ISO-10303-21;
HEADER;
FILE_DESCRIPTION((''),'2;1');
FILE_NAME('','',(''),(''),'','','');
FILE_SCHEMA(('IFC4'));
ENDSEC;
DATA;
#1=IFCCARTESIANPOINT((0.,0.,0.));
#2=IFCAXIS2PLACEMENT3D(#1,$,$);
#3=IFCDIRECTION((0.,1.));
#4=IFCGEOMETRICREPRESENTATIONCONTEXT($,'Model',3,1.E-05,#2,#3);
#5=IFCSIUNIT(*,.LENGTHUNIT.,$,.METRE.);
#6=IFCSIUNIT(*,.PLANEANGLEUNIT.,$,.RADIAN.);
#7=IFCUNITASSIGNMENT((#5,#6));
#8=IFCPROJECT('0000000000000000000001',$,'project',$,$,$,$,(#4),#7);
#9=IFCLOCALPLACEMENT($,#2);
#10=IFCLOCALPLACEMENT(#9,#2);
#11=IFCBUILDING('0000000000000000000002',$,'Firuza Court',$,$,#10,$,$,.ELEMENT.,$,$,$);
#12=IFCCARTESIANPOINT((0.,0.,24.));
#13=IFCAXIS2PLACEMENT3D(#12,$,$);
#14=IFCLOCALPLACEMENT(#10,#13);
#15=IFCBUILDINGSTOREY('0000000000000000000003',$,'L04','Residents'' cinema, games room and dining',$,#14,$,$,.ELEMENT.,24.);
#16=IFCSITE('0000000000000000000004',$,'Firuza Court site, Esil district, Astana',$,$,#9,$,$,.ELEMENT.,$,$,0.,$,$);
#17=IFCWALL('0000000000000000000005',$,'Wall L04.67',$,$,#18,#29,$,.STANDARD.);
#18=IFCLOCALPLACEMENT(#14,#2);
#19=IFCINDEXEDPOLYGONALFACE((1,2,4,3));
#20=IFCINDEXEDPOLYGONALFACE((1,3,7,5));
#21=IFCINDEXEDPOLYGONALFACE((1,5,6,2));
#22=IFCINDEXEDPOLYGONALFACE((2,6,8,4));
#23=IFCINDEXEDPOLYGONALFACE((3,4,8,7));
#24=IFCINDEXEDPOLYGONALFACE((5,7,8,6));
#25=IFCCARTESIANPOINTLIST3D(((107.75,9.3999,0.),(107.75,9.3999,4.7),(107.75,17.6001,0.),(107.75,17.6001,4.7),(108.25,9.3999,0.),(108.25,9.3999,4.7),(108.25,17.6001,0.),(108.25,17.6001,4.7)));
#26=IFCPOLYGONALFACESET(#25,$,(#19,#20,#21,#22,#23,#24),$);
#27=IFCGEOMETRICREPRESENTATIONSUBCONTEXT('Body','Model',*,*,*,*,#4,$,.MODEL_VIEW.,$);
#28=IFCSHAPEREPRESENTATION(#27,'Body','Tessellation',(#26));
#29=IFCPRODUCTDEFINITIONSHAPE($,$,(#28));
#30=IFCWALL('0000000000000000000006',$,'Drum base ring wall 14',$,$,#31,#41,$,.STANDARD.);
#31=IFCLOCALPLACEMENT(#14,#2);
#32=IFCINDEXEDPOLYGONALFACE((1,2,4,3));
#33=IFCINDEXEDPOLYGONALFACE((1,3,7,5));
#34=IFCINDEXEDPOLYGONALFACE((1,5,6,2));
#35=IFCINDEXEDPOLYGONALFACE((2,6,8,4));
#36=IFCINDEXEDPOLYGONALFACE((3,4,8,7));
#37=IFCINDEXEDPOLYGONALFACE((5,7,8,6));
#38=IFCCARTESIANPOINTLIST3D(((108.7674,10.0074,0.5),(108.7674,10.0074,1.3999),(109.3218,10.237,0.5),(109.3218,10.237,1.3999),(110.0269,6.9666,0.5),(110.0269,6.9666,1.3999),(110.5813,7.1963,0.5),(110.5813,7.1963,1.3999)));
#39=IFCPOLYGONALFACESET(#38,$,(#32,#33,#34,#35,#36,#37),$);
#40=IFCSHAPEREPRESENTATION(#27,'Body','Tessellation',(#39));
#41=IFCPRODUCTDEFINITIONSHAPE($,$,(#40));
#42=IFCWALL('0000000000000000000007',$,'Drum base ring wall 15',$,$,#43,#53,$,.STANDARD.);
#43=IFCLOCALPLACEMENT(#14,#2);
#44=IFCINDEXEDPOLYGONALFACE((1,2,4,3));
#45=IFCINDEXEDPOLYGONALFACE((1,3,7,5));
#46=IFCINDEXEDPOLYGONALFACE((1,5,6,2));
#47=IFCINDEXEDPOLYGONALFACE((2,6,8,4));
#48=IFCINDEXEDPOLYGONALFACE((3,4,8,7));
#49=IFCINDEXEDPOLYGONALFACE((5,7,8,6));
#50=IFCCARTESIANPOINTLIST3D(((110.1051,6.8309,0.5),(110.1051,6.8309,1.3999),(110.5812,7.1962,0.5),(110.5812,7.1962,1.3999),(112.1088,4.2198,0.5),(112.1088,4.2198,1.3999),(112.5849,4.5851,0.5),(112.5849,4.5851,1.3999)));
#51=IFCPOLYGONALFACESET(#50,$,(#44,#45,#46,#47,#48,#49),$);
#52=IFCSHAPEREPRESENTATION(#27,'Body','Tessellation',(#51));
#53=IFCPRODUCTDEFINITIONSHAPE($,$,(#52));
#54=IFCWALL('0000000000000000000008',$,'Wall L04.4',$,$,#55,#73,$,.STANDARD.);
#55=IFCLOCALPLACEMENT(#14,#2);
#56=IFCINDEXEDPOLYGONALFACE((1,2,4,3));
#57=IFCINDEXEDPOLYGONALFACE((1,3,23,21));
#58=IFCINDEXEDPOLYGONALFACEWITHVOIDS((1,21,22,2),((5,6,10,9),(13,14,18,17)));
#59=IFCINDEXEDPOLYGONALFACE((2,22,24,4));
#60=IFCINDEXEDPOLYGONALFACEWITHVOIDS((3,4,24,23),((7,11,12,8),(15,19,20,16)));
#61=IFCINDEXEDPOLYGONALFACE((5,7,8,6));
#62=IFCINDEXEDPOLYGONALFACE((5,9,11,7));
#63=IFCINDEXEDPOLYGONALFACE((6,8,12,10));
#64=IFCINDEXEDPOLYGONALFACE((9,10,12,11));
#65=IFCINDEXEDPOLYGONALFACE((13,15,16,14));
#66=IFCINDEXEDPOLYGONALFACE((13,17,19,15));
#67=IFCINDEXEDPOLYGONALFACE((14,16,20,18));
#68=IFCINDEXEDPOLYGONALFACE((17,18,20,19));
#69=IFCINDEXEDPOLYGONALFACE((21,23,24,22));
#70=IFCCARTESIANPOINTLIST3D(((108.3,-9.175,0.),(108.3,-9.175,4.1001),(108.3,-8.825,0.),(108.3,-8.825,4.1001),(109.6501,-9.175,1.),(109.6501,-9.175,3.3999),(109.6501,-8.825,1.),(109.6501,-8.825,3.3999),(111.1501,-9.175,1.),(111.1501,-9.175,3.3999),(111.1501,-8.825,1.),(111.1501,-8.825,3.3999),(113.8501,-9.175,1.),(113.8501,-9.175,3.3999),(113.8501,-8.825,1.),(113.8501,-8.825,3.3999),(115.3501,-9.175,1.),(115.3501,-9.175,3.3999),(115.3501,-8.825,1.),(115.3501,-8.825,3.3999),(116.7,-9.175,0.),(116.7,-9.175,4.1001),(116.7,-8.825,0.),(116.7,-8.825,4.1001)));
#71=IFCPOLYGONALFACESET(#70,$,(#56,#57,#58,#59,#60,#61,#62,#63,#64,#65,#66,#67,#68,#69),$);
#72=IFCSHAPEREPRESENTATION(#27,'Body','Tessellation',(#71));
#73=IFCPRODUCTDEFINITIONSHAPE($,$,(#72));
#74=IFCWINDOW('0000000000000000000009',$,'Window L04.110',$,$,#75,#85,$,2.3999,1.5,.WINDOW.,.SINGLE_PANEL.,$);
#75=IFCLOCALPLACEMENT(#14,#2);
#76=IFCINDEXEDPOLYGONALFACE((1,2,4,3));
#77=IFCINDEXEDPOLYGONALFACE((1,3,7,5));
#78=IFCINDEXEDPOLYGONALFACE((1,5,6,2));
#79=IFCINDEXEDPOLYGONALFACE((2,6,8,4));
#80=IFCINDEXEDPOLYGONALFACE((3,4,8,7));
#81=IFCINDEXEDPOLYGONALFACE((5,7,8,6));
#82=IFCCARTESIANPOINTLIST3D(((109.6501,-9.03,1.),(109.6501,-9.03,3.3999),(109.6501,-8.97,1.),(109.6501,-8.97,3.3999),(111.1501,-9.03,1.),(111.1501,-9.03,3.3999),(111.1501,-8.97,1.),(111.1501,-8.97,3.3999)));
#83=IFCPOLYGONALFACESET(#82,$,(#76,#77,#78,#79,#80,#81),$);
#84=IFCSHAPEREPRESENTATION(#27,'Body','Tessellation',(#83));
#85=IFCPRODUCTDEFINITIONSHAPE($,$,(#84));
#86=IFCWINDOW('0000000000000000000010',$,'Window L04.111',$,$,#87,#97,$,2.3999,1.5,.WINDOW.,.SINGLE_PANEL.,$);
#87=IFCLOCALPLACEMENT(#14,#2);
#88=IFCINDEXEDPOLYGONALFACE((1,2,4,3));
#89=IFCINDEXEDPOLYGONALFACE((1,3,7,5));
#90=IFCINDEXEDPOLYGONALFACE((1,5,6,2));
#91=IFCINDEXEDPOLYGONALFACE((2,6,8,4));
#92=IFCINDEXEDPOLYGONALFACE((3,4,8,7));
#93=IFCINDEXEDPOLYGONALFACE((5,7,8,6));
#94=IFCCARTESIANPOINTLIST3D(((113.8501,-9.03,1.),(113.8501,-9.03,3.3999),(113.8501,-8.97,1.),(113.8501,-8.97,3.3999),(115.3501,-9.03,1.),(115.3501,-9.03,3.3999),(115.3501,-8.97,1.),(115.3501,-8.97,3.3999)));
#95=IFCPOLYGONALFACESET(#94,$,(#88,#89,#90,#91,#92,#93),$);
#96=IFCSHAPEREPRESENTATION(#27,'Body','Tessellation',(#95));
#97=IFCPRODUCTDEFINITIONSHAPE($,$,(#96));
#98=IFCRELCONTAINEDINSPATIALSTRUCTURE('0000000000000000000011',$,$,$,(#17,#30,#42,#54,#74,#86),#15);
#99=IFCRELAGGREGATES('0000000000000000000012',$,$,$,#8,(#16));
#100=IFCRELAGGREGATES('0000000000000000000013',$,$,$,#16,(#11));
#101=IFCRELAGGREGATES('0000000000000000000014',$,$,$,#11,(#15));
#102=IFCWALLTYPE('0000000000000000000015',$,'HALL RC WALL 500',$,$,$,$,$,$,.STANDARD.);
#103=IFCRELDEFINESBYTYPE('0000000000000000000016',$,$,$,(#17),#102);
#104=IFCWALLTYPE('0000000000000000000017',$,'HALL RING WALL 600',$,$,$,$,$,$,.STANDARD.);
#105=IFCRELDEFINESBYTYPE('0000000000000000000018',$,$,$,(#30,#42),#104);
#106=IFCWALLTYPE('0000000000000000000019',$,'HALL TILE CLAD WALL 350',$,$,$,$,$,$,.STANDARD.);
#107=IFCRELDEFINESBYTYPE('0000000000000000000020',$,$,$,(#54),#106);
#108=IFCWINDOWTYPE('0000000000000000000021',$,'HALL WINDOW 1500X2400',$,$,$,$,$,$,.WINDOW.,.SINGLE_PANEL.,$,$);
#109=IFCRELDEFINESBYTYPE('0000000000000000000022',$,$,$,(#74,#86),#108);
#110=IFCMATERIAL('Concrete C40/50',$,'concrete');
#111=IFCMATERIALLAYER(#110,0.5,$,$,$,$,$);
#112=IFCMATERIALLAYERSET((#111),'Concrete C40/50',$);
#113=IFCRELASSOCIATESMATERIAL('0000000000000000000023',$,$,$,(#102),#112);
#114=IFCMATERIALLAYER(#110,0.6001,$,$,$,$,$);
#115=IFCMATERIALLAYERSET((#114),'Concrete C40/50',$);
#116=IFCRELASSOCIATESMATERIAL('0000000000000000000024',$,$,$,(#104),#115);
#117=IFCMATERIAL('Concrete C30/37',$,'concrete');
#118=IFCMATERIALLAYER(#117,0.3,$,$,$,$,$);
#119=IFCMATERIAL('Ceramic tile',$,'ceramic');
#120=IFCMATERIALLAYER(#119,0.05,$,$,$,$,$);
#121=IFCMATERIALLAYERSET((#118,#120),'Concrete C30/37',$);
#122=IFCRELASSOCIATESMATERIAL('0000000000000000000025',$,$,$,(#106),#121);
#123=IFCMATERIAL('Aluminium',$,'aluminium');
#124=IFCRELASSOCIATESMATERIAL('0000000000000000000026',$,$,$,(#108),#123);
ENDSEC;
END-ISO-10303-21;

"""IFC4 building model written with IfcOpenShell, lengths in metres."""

from ifc_helpers import new_model, si_unit, direction, frame, frame_2d, origin, place, context, subcontext, project, spatial, rectangle, extrude, material, layer, layer_set, type_object, element, fill, save


model = new_model("IFC4")

# Units and contexts
model_context = context("Model", 3, precision=1e-05, world=origin(), true_north=direction((0.0, 1.0)))
body_context = subcontext(model_context, "Body", "Model", "MODEL_VIEW")
ifc_project = project(units=[si_unit("LENGTHUNIT", "METRE"), si_unit("PLANEANGLEUNIT", "RADIAN")], contexts=[model_context])

# Site, building, storey
site_placement = place(None, origin())
site = spatial("IfcSite", under=ifc_project, at=site_placement, Name="Firuza Court site, Esil district, Astana", CompositionType="ELEMENT", RefElevation=0.0)
building_placement = place(site_placement, origin())
building = spatial("IfcBuilding", under=site, at=building_placement, Name="Firuza Court", CompositionType="ELEMENT")
storey_placement = place(building_placement, frame((0.0, 0.0, 24.0)))
storey = spatial("IfcBuildingStorey", under=building, at=storey_placement, Name="L04", Description="Residents' cinema, games room and dining", CompositionType="ELEMENT", Elevation=24.0)

# Shared definitions
ifc_material_1 = material(Name="Concrete C40/50", Category="concrete")

# Walls
ifc_layer_1 = layer(ifc_material_1, 0.5)
ifc_layer_set_1 = layer_set([ifc_layer_1], Name="Concrete C40/50")
wall_type_1 = type_object("IfcWallType", Name="HALL RC WALL 500", PredefinedType="STANDARD", material=ifc_layer_set_1)
for number, where, z_axis, x_axis, name in (
    (1, (108.0, 9.3999, 0.0), (0.0, 0.0, 1.0), (0.0, 1.0, 0.0), "Wall L04.67"),
):
    element("IfcWall", number, at=place(storey_placement, frame(where, z_axis=z_axis, x_axis=x_axis)), inside=storey, type_object=wall_type_1, Name=name, PredefinedType="STANDARD", context=body_context, shape_type="SweptSolid", body=[
        extrude(rectangle(XDim=8.2002, YDim=0.5, at=frame_2d((4.1001, 0.0))), origin(), (0.0, 0.0, 1.0), 4.7),
    ])
ifc_layer_2 = layer(ifc_material_1, 0.6001)
ifc_layer_set_2 = layer_set([ifc_layer_2], Name="Concrete C40/50")
wall_type_2 = type_object("IfcWallType", Name="HALL RING WALL 600", PredefinedType="STANDARD", material=ifc_layer_set_2)
for number, where, z_axis, x_axis, name in (
    (2, (109.0447, 10.1221, 0.5), (0.0, 0.0, 1.0), (0.382682, -0.92388, 0.0), "Drum base ring wall 14"),
    (3, (110.3433, 7.0134, 0.5), (0.0, 0.0, 1.0), (0.608782, -0.793338, 0.0), "Drum base ring wall 15"),
):
    element("IfcWall", number, at=place(storey_placement, frame(where, z_axis=z_axis, x_axis=x_axis)), inside=storey, type_object=wall_type_2, Name=name, PredefinedType="STANDARD", context=body_context, shape_type="SweptSolid", body=[
        extrude(rectangle(XDim=3.2913, YDim=0.6001, at=frame_2d((1.6455, 0.0))), origin(), (0.0, 0.0, 1.0), 0.8999),
    ])

# Wall, openings, windows
ifc_material_2 = material(Name="Concrete C30/37", Category="concrete")
ifc_layer_3 = layer(ifc_material_2, 0.3)
ifc_material_3 = material(Name="Ceramic tile", Category="ceramic")
ifc_layer_4 = layer(ifc_material_3, 0.05)
ifc_layer_set_3 = layer_set([ifc_layer_3, ifc_layer_4], Name="Concrete C30/37")
wall_type_3 = type_object("IfcWallType", Name="HALL TILE CLAD WALL 350", PredefinedType="STANDARD", material=ifc_layer_set_3)
wall_1_placement = place(storey_placement, frame((108.3, -9.0, 0.0), z_axis=(0.0, 0.0, 1.0), x_axis=(1.0, 0.0, 0.0)))
wall_1 = element("IfcWall", 4, at=wall_1_placement, inside=storey, type_object=wall_type_3, Name="Wall L04.4", PredefinedType="STANDARD", context=body_context, shape_type="SweptSolid", body=[
    extrude(rectangle(XDim=8.3999, YDim=0.3501, at=frame_2d((4.2, 0.0))), origin(), (0.0, 0.0, 1.0), 4.1001),
])
opening_1_placement = place(wall_1_placement, frame((1.3501, 0.0, 1.0)))
opening_1 = element("IfcOpeningElement", 5, at=opening_1_placement, cuts=wall_1, PredefinedType="OPENING", context=body_context, shape_type="SweptSolid", body=[
    extrude(rectangle(XDim=1.5, YDim=2.3999, at=frame_2d((0.75, 1.2))), frame((0.0, 0.187, 0.0), z_axis=(0.0, -1.0, 0.0), x_axis=(1.0, 0.0, 0.0)), (0.0, 0.0, 1.0), 0.374),
])
opening_2_placement = place(wall_1_placement, frame((5.55, 0.0, 1.0)))
opening_2 = element("IfcOpeningElement", 6, at=opening_2_placement, cuts=wall_1, PredefinedType="OPENING", context=body_context, shape_type="SweptSolid", body=[
    extrude(rectangle(XDim=1.5, YDim=2.3999, at=frame_2d((0.75, 1.2))), frame((0.0, 0.187, 0.0), z_axis=(0.0, -1.0, 0.0), x_axis=(1.0, 0.0, 0.0)), (0.0, 0.0, 1.0), 0.374),
])
ifc_material_4 = material(Name="Aluminium", Category="aluminium")
window_type_1 = type_object("IfcWindowType", Name="HALL WINDOW 1500X2400", PartitioningType="SINGLE_PANEL", PredefinedType="WINDOW", material=ifc_material_4)
window_1_placement = place(opening_1_placement, origin())
window_1 = element("IfcWindow", 7, at=window_1_placement, inside=storey, type_object=window_type_1, Name="Window L04.110", OverallHeight=2.3999, OverallWidth=1.5, PartitioningType="SINGLE_PANEL", PredefinedType="WINDOW", context=body_context, shape_type="SweptSolid", body=[
    extrude(rectangle(XDim=1.5, YDim=2.3999, at=frame_2d((0.75, 1.2))), frame((0.0, 0.03, 0.0), z_axis=(0.0, -1.0, 0.0), x_axis=(1.0, 0.0, 0.0)), (0.0, 0.0, 1.0), 0.0601),
])
fill(opening_1, window_1)
window_2_placement = place(opening_2_placement, origin())
window_2 = element("IfcWindow", 8, at=window_2_placement, inside=storey, type_object=window_type_1, Name="Window L04.111", OverallHeight=2.3999, OverallWidth=1.5, PartitioningType="SINGLE_PANEL", PredefinedType="WINDOW", context=body_context, shape_type="SweptSolid", body=[
    extrude(rectangle(XDim=1.5, YDim=2.3999, at=frame_2d((0.75, 1.2))), frame((0.0, 0.03, 0.0), z_axis=(0.0, -1.0, 0.0), x_axis=(1.0, 0.0, 0.0)), (0.0, 0.0, 1.0), 0.0601),
])
fill(opening_2, window_2)

save(model, "model.ifc")
